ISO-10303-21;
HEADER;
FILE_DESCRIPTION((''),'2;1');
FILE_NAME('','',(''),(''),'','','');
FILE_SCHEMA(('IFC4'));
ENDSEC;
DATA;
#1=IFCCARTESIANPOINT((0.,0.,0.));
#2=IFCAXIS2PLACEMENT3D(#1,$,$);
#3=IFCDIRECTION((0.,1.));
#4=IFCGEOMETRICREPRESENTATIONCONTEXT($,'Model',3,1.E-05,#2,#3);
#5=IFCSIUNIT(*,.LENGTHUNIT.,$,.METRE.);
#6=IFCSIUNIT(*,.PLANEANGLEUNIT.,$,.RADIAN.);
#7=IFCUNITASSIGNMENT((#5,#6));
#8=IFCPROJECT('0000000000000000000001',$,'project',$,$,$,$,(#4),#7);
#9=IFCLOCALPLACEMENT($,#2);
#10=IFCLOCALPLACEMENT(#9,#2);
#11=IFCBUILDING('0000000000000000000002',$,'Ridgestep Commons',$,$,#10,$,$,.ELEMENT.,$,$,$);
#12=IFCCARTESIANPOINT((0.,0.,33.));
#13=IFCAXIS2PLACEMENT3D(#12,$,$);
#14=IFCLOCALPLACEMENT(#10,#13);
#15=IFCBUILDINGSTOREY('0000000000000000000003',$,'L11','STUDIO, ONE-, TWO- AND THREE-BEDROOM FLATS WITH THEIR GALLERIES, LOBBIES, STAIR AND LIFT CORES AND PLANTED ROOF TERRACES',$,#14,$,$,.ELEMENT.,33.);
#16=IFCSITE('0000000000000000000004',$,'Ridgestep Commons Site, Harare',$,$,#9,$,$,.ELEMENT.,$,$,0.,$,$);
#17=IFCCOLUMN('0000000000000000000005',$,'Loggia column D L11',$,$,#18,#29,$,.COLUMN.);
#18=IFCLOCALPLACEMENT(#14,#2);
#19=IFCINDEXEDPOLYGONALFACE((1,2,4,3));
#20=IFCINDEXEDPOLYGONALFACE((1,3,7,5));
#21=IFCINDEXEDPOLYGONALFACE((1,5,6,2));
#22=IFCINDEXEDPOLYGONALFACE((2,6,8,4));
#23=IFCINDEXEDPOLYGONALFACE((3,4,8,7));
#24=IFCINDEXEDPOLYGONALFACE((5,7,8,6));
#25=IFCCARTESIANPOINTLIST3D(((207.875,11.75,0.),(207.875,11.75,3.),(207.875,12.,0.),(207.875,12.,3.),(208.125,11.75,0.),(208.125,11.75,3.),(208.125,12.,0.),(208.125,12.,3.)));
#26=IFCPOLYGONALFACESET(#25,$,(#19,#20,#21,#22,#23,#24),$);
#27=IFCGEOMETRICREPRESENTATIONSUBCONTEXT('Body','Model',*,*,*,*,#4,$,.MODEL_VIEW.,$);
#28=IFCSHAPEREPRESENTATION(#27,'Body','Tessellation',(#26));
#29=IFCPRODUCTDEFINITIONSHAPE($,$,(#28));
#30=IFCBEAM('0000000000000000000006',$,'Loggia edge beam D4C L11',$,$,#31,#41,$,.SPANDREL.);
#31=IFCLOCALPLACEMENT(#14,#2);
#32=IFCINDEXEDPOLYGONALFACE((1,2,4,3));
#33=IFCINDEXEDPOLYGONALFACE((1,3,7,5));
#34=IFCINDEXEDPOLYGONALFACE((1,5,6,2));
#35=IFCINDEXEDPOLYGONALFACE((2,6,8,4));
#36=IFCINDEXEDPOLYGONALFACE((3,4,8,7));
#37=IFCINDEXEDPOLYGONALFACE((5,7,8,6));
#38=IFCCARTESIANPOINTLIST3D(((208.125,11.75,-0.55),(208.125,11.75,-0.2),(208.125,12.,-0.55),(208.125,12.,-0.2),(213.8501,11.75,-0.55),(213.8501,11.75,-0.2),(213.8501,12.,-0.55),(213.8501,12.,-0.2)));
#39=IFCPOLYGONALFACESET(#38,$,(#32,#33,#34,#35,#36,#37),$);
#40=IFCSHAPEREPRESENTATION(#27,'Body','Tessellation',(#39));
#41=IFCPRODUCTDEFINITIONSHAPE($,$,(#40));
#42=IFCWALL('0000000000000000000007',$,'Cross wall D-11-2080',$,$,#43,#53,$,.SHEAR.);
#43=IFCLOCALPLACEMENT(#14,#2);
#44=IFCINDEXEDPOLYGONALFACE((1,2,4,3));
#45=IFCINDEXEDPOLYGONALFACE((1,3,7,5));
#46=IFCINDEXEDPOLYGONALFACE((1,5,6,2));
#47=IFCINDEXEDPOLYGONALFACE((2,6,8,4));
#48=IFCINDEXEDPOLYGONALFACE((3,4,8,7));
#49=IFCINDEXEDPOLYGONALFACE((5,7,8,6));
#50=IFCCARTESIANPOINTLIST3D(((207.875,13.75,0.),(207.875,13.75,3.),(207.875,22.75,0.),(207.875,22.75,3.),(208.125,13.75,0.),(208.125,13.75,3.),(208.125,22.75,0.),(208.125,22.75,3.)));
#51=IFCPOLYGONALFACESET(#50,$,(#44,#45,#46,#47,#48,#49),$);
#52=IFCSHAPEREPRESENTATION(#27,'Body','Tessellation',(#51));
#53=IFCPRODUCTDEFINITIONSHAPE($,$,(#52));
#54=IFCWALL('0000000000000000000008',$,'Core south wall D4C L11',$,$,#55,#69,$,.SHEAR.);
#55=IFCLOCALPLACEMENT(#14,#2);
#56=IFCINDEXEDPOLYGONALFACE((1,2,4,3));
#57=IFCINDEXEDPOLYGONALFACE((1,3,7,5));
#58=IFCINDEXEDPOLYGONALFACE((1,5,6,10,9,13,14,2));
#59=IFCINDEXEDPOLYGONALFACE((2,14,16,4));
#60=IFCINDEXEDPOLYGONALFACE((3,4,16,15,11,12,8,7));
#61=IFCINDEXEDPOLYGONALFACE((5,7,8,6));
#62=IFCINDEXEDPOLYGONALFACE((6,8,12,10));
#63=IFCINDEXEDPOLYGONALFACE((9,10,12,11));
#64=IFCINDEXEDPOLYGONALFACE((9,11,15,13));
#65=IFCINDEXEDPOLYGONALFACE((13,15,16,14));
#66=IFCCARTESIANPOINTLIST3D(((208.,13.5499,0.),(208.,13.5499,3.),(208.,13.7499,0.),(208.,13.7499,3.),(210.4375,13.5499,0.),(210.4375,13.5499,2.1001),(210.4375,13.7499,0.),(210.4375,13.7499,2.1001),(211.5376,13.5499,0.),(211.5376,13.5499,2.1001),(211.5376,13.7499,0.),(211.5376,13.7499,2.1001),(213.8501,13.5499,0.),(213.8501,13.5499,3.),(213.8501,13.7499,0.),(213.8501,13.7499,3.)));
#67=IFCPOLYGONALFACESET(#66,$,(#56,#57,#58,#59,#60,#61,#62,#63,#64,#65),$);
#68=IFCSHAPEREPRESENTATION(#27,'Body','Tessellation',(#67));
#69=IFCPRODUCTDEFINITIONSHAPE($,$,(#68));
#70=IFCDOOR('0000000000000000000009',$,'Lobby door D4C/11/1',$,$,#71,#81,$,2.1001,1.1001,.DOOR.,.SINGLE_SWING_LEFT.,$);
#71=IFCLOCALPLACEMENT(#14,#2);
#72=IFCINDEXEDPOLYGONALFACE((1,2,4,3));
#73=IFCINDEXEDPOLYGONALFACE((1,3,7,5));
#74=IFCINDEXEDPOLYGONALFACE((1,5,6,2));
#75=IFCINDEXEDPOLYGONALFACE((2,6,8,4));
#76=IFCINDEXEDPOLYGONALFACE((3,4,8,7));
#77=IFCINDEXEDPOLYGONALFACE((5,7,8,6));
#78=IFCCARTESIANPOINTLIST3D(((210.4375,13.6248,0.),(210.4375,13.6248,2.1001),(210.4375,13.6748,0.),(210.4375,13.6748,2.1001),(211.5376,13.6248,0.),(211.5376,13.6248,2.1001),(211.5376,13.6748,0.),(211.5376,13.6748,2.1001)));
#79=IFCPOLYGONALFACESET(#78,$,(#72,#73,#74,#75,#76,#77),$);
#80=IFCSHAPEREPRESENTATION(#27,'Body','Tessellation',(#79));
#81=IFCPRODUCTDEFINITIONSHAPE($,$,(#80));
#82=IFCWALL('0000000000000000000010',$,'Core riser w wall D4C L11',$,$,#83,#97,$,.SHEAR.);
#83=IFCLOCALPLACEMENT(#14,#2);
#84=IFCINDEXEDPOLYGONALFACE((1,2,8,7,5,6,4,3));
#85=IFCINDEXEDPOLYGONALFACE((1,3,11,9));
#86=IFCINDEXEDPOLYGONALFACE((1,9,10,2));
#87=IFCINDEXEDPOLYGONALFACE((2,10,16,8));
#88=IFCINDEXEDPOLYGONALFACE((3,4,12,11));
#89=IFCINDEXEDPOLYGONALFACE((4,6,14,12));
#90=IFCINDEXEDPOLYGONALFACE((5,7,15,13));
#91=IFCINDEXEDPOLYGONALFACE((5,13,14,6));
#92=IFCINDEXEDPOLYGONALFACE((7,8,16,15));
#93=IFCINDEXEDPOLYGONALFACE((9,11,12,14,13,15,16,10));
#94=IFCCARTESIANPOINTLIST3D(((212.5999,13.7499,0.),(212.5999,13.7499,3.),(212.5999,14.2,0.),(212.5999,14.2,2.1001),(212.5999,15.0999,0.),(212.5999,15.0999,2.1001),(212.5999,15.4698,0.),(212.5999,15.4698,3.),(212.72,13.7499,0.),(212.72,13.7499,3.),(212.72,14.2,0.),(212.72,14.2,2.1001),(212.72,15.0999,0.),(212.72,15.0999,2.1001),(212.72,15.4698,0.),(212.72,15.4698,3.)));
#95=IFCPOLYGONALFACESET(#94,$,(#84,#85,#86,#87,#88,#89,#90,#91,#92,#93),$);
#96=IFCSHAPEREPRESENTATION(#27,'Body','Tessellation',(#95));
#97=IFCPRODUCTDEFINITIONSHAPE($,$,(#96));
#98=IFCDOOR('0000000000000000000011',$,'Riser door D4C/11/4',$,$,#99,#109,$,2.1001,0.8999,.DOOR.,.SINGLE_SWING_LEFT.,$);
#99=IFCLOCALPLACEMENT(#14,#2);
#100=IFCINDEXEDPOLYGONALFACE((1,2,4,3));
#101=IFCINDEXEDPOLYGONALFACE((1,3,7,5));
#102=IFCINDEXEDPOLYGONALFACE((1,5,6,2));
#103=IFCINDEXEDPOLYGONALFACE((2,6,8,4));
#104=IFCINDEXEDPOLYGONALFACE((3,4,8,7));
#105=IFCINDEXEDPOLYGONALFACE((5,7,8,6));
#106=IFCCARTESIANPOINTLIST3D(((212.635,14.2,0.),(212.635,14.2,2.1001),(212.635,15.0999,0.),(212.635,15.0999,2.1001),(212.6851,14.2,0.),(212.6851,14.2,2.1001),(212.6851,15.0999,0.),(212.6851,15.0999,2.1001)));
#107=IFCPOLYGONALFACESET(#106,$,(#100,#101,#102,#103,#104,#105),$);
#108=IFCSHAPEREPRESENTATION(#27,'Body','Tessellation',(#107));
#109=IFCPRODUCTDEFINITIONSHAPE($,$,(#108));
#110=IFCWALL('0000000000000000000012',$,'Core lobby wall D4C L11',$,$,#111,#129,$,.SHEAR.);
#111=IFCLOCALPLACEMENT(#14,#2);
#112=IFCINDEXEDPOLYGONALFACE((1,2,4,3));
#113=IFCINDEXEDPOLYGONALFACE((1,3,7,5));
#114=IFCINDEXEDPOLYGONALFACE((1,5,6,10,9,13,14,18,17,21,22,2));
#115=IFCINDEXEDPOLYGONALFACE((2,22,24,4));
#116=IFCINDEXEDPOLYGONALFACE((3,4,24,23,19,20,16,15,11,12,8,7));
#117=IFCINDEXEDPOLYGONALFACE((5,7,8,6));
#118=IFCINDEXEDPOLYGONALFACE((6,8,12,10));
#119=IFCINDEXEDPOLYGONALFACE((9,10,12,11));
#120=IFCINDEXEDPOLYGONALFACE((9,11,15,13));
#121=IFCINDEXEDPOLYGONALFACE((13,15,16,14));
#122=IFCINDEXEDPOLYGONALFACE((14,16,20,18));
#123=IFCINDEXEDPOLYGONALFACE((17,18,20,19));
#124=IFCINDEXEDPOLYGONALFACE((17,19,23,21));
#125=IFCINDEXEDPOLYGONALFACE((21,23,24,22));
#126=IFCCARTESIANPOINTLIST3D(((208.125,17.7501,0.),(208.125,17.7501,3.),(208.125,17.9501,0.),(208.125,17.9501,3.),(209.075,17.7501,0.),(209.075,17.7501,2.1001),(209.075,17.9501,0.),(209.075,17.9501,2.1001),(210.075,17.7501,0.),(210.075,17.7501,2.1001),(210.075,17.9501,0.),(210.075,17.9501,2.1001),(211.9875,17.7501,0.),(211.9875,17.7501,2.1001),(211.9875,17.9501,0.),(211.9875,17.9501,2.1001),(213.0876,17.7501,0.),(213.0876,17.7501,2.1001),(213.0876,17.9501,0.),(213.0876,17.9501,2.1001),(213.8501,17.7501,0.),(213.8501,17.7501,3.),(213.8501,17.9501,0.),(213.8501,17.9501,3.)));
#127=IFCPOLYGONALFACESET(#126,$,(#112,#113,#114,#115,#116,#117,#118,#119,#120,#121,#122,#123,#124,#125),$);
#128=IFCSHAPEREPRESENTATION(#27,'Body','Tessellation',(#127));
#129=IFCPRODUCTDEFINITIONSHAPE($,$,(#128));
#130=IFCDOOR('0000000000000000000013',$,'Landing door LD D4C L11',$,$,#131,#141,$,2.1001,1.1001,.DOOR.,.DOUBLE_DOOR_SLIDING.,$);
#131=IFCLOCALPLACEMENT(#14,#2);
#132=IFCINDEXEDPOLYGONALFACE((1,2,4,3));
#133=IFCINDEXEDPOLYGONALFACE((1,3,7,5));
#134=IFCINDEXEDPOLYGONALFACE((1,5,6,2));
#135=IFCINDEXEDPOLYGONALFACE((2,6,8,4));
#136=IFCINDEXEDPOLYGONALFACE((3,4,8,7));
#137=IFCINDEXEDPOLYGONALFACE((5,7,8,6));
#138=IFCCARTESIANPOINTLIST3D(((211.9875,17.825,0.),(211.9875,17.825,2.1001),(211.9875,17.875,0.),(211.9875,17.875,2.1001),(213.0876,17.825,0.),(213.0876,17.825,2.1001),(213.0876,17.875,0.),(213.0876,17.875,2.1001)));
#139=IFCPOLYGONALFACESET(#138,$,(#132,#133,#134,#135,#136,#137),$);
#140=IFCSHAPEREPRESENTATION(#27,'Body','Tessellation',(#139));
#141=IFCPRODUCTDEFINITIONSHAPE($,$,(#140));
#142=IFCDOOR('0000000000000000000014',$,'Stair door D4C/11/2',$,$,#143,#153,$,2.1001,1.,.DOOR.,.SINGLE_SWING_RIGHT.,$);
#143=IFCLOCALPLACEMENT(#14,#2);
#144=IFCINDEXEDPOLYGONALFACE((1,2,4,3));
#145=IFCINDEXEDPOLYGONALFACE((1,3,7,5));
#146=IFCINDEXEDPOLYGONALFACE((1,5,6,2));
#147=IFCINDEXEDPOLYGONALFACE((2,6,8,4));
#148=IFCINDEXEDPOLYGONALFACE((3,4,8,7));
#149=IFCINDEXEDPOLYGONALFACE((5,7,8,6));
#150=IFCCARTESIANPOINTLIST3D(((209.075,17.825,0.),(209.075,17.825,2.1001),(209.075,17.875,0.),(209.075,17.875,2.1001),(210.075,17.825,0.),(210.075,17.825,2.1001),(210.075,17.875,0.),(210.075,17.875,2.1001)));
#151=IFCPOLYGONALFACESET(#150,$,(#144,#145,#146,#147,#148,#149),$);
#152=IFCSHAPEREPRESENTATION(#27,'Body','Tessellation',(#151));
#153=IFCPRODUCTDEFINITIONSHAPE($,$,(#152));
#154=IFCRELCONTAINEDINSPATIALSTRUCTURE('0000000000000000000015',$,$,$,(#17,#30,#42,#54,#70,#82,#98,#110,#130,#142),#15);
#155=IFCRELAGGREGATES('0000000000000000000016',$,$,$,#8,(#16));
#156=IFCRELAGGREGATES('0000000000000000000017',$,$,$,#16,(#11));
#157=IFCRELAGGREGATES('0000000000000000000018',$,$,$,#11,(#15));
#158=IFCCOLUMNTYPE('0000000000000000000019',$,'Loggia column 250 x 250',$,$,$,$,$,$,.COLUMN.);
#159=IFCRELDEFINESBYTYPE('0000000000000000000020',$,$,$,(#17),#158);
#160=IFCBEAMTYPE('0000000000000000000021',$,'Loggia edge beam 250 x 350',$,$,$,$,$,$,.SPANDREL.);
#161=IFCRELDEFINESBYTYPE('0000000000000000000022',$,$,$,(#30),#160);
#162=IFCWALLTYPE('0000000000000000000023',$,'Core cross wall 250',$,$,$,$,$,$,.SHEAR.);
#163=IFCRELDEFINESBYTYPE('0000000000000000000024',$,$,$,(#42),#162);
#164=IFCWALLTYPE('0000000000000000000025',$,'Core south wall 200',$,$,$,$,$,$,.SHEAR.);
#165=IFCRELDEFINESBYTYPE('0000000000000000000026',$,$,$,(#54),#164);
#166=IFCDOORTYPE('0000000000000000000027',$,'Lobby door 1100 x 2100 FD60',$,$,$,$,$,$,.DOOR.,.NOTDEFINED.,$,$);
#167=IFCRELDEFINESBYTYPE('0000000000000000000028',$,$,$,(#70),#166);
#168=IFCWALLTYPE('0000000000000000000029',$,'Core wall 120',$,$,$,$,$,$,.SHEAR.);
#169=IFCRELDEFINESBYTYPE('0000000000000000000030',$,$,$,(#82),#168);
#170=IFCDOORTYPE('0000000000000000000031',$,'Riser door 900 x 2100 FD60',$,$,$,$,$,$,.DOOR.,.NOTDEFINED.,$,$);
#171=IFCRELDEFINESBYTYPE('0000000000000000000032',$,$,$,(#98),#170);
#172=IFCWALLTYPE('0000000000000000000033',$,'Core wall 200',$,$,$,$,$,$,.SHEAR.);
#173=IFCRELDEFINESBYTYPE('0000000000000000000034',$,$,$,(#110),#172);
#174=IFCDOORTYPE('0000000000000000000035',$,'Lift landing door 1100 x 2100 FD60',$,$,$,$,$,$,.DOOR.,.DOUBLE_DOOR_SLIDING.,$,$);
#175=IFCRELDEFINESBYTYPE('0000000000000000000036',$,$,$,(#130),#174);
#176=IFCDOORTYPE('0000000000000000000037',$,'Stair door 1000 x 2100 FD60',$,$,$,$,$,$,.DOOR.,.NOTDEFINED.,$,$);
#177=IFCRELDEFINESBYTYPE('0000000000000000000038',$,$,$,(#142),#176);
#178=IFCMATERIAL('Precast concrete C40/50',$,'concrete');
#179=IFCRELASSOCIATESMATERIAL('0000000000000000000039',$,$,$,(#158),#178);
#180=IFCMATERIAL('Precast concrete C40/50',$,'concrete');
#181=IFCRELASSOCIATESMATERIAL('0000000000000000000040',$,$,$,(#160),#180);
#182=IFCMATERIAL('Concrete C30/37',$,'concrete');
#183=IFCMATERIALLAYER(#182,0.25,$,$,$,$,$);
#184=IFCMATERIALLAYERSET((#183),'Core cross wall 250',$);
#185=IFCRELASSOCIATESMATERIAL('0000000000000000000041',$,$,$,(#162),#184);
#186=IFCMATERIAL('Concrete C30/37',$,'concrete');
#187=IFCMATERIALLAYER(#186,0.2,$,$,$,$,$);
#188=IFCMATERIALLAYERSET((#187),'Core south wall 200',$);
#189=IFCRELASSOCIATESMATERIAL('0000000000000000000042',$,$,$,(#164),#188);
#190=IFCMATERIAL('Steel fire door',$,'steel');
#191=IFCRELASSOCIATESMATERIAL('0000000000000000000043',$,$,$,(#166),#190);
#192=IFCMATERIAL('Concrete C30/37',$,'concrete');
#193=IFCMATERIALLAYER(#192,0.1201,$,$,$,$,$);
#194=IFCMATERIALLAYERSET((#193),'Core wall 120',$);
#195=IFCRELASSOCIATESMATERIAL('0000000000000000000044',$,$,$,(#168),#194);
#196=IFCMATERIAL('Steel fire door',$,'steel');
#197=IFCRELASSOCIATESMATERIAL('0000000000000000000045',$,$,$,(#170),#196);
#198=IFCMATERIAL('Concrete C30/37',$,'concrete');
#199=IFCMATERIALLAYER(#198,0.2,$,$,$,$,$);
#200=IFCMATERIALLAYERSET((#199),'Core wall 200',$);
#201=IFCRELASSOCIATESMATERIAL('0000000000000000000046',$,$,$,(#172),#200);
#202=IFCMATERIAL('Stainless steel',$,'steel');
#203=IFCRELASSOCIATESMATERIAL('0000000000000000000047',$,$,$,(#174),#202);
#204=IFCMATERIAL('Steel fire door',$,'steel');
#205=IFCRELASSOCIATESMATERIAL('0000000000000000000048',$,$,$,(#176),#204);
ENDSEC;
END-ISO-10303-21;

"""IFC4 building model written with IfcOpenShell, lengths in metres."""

from ifc_helpers import new_model, si_unit, direction, frame, frame_2d, origin, origin_2d, place, context, subcontext, project, spatial, rectangle, extrude, material, layer, layer_set, material_profile, profile_set, type_object, element, fill, save


model = new_model("IFC4")

# Units and contexts
model_context = context("Model", 3, precision=1e-05, world=origin(), true_north=direction((0.0, 1.0)))
body_context = subcontext(model_context, "Body", "Model", "MODEL_VIEW")
ifc_project = project(units=[si_unit("LENGTHUNIT", "METRE"), si_unit("PLANEANGLEUNIT", "RADIAN")], contexts=[model_context])

# Site, building, storey
site_placement = place(None, origin())
site = spatial("IfcSite", under=ifc_project, at=site_placement, Name="Ridgestep Commons Site, Harare", CompositionType="ELEMENT", RefElevation=0.0)
building_placement = place(site_placement, origin())
building = spatial("IfcBuilding", under=site, at=building_placement, Name="Ridgestep Commons", CompositionType="ELEMENT")
storey_placement = place(building_placement, frame((0.0, 0.0, 33.0)))
storey = spatial("IfcBuildingStorey", under=building, at=storey_placement, Name="L11", Description="STUDIO, ONE-, TWO- AND THREE-BEDROOM FLATS WITH THEIR GALLERIES, LOBBIES, STAIR AND LIFT CORES AND PLANTED ROOF TERRACES", CompositionType="ELEMENT", Elevation=33.0)

# Column
ifc_material_1 = material(Name="Precast concrete C40/50", Category="concrete")
ifc_material_profile_1 = material_profile(ifc_material_1, rectangle(XDim=0.25, YDim=0.25, at=origin_2d()), Name="PC 250x250")
ifc_profile_set_1 = profile_set([ifc_material_profile_1], Name="Precast concrete C40/50")
column_type = type_object("IfcColumnType", Name="Loggia column 250 x 250", PredefinedType="COLUMN", material=ifc_profile_set_1)
column_placement = place(storey_placement, frame((208.0, 11.875, 0.0), z_axis=(0.0, 0.0, 1.0), x_axis=(1.0, 0.0, 0.0)))
element("IfcColumn", 1, at=column_placement, inside=storey, type_object=column_type, Name="Loggia column D L11", PredefinedType="COLUMN", context=body_context, shape_type="SweptSolid", body=[
    extrude(rectangle(XDim=0.25, YDim=0.25, at=origin_2d()), origin(), (0.0, 0.0, 1.0), 3.0),
])

# Beam
ifc_material_2 = material(Name="Precast concrete C40/50", Category="concrete")
ifc_material_profile_2 = material_profile(ifc_material_2, rectangle(XDim=0.25, YDim=0.3501, at=origin_2d()), Name="PC 250x350")
ifc_profile_set_2 = profile_set([ifc_material_profile_2], Name="Precast concrete C40/50")
beam_type = type_object("IfcBeamType", Name="Loggia edge beam 250 x 350", PredefinedType="SPANDREL", material=ifc_profile_set_2)
beam_placement = place(storey_placement, frame((208.125, 11.875, -0.375), z_axis=(1.0, 0.0, 0.0), x_axis=(0.0, 1.0, 0.0)))
element("IfcBeam", 2, at=beam_placement, inside=storey, type_object=beam_type, Name="Loggia edge beam D4C L11", PredefinedType="SPANDREL", context=body_context, shape_type="SweptSolid", body=[
    extrude(rectangle(XDim=0.25, YDim=0.3501, at=origin_2d()), origin(), (0.0, 0.0, 1.0), 5.7251),
])

# Wall
ifc_material_3 = material(Name="Concrete C30/37", Category="concrete")
ifc_layer_1 = layer(ifc_material_3, 0.25)
ifc_layer_set_1 = layer_set([ifc_layer_1], Name="Core cross wall 250")
wall_type_1 = type_object("IfcWallType", Name="Core cross wall 250", PredefinedType="SHEAR", material=ifc_layer_set_1)
wall_1_placement = place(storey_placement, frame((208.0, 13.75, 0.0), z_axis=(0.0, 0.0, 1.0), x_axis=(0.0, 1.0, 0.0)))
element("IfcWall", 3, at=wall_1_placement, inside=storey, type_object=wall_type_1, Name="Cross wall D-11-2080", PredefinedType="SHEAR", context=body_context, shape_type="SweptSolid", body=[
    extrude(rectangle(XDim=9.0, YDim=0.25, at=frame_2d((4.5, 0.0))), origin(), (0.0, 0.0, 1.0), 3.0),
])

# Walls, openings, doors
ifc_material_4 = material(Name="Concrete C30/37", Category="concrete")
ifc_layer_2 = layer(ifc_material_4, 0.2)
ifc_layer_set_2 = layer_set([ifc_layer_2], Name="Core south wall 200")
wall_type_2 = type_object("IfcWallType", Name="Core south wall 200", PredefinedType="SHEAR", material=ifc_layer_set_2)
wall_2_placement = place(storey_placement, frame((208.0, 13.6499, 0.0), z_axis=(0.0, 0.0, 1.0), x_axis=(1.0, 0.0, 0.0)))
wall_2 = element("IfcWall", 4, at=wall_2_placement, inside=storey, type_object=wall_type_2, Name="Core south wall D4C L11", PredefinedType="SHEAR", context=body_context, shape_type="SweptSolid", body=[
    extrude(rectangle(XDim=5.8501, YDim=0.2, at=frame_2d((2.925, 0.0))), origin(), (0.0, 0.0, 1.0), 3.0),
])
opening_1_placement = place(wall_2_placement, frame((2.4375, 0.0, 0.0)))
opening_1 = element("IfcOpeningElement", 5, at=opening_1_placement, cuts=wall_2, PredefinedType="OPENING", context=body_context, shape_type="SweptSolid", body=[
    extrude(rectangle(XDim=1.1001, YDim=2.1001, at=frame_2d((0.55, 1.05))), frame((0.0, 0.1099, 0.0), z_axis=(0.0, -1.0, 0.0), x_axis=(1.0, 0.0, 0.0)), (0.0, 0.0, 1.0), 0.22),
])
ifc_material_5 = material(Name="Steel fire door", Category="steel")
door_type_1 = type_object("IfcDoorType", Name="Lobby door 1100 x 2100 FD60", OperationType="NOTDEFINED", PredefinedType="DOOR", material=ifc_material_5)
door_1_placement = place(opening_1_placement, origin())
door_1 = element("IfcDoor", 6, at=door_1_placement, inside=storey, type_object=door_type_1, Name="Lobby door D4C/11/1", OperationType="SINGLE_SWING_LEFT", OverallHeight=2.1001, OverallWidth=1.1001, PredefinedType="DOOR", context=body_context, shape_type="SweptSolid", body=[
    extrude(rectangle(XDim=1.1001, YDim=2.1001, at=frame_2d((0.55, 1.05))), frame((0.0, 0.0249, 0.0), z_axis=(0.0, -1.0, 0.0), x_axis=(1.0, 0.0, 0.0)), (0.0, 0.0, 1.0), 0.05),
])
fill(opening_1, door_1)
ifc_material_6 = material(Name="Concrete C30/37", Category="concrete")
ifc_layer_3 = layer(ifc_material_6, 0.1201)
ifc_layer_set_3 = layer_set([ifc_layer_3], Name="Core wall 120")
wall_type_3 = type_object("IfcWallType", Name="Core wall 120", PredefinedType="SHEAR", material=ifc_layer_set_3)
wall_3_placement = place(storey_placement, frame((212.6599, 13.75, 0.0), z_axis=(0.0, 0.0, 1.0), x_axis=(0.0, 1.0, 0.0)))
wall_3 = element("IfcWall", 7, at=wall_3_placement, inside=storey, type_object=wall_type_3, Name="Core riser w wall D4C L11", PredefinedType="SHEAR", context=body_context, shape_type="SweptSolid", body=[
    extrude(rectangle(XDim=1.72, YDim=0.1201, at=frame_2d((0.8599, 0.0))), origin(), (0.0, 0.0, 1.0), 3.0),
])
opening_2_placement = place(wall_3_placement, frame((0.45, 0.0, 0.0)))
opening_2 = element("IfcOpeningElement", 8, at=opening_2_placement, cuts=wall_3, PredefinedType="OPENING", context=body_context, shape_type="SweptSolid", body=[
    extrude(rectangle(XDim=0.8999, YDim=2.1001, at=frame_2d((0.45, 1.05))), frame((0.0, 0.0701, 0.0), z_axis=(0.0, -1.0, 0.0), x_axis=(1.0, 0.0, 0.0)), (0.0, 0.0, 1.0), 0.1401),
])
ifc_material_7 = material(Name="Steel fire door", Category="steel")
door_type_2 = type_object("IfcDoorType", Name="Riser door 900 x 2100 FD60", OperationType="NOTDEFINED", PredefinedType="DOOR", material=ifc_material_7)
door_2_placement = place(opening_2_placement, origin())
door_2 = element("IfcDoor", 9, at=door_2_placement, inside=storey, type_object=door_type_2, Name="Riser door D4C/11/4", OperationType="SINGLE_SWING_LEFT", OverallHeight=2.1001, OverallWidth=0.8999, PredefinedType="DOOR", context=body_context, shape_type="SweptSolid", body=[
    extrude(rectangle(XDim=0.8999, YDim=2.1001, at=frame_2d((0.45, 1.05))), frame((0.0, 0.0249, 0.0), z_axis=(0.0, -1.0, 0.0), x_axis=(1.0, 0.0, 0.0)), (0.0, 0.0, 1.0), 0.05),
])
fill(opening_2, door_2)

# Wall, openings, doors
ifc_material_8 = material(Name="Concrete C30/37", Category="concrete")
ifc_layer_4 = layer(ifc_material_8, 0.2)
ifc_layer_set_4 = layer_set([ifc_layer_4], Name="Core wall 200")
wall_type_4 = type_object("IfcWallType", Name="Core wall 200", PredefinedType="SHEAR", material=ifc_layer_set_4)
wall_4_placement = place(storey_placement, frame((208.125, 17.8501, 0.0), z_axis=(0.0, 0.0, 1.0), x_axis=(1.0, 0.0, 0.0)))
wall_4 = element("IfcWall", 10, at=wall_4_placement, inside=storey, type_object=wall_type_4, Name="Core lobby wall D4C L11", PredefinedType="SHEAR", context=body_context, shape_type="SweptSolid", body=[
    extrude(rectangle(XDim=5.7251, YDim=0.2, at=frame_2d((2.8625, 0.0))), origin(), (0.0, 0.0, 1.0), 3.0),
])
opening_3_placement = place(wall_4_placement, frame((0.95, 0.0, 0.0)))
opening_3 = element("IfcOpeningElement", 11, at=opening_3_placement, cuts=wall_4, PredefinedType="OPENING", context=body_context, shape_type="SweptSolid", body=[
    extrude(rectangle(XDim=1.0, YDim=2.1001, at=frame_2d((0.5, 1.05))), frame((0.0, 0.1099, 0.0), z_axis=(0.0, -1.0, 0.0), x_axis=(1.0, 0.0, 0.0)), (0.0, 0.0, 1.0), 0.22),
])
opening_4_placement = place(wall_4_placement, frame((3.8625, 0.0, 0.0)))
opening_4 = element("IfcOpeningElement", 12, at=opening_4_placement, cuts=wall_4, PredefinedType="OPENING", context=body_context, shape_type="SweptSolid", body=[
    extrude(rectangle(XDim=1.1001, YDim=2.1001, at=frame_2d((0.55, 1.05))), frame((0.0, 0.1099, 0.0), z_axis=(0.0, -1.0, 0.0), x_axis=(1.0, 0.0, 0.0)), (0.0, 0.0, 1.0), 0.22),
])
ifc_material_9 = material(Name="Stainless steel", Category="steel")
door_type_3 = type_object("IfcDoorType", Name="Lift landing door 1100 x 2100 FD60", OperationType="DOUBLE_DOOR_SLIDING", PredefinedType="DOOR", material=ifc_material_9)
door_3_placement = place(opening_4_placement, origin())
door_3 = element("IfcDoor", 13, at=door_3_placement, inside=storey, type_object=door_type_3, Name="Landing door LD D4C L11", OperationType="DOUBLE_DOOR_SLIDING", OverallHeight=2.1001, OverallWidth=1.1001, PredefinedType="DOOR", context=body_context, shape_type="SweptSolid", body=[
    extrude(rectangle(XDim=1.1001, YDim=2.1001, at=frame_2d((0.55, 1.05))), frame((0.0, 0.0249, 0.0), z_axis=(0.0, -1.0, 0.0), x_axis=(1.0, 0.0, 0.0)), (0.0, 0.0, 1.0), 0.05),
])
fill(opening_4, door_3)
ifc_material_10 = material(Name="Steel fire door", Category="steel")
door_type_4 = type_object("IfcDoorType", Name="Stair door 1000 x 2100 FD60", OperationType="NOTDEFINED", PredefinedType="DOOR", material=ifc_material_10)
door_4_placement = place(opening_3_placement, origin())
door_4 = element("IfcDoor", 14, at=door_4_placement, inside=storey, type_object=door_type_4, Name="Stair door D4C/11/2", OperationType="SINGLE_SWING_RIGHT", OverallHeight=2.1001, OverallWidth=1.0, PredefinedType="DOOR", context=body_context, shape_type="SweptSolid", body=[
    extrude(rectangle(XDim=1.0, YDim=2.1001, at=frame_2d((0.5, 1.05))), frame((0.0, 0.0249, 0.0), z_axis=(0.0, -1.0, 0.0), x_axis=(1.0, 0.0, 0.0)), (0.0, 0.0, 1.0), 0.05),
])
fill(opening_3, door_4)

save(model, "model.ifc")
